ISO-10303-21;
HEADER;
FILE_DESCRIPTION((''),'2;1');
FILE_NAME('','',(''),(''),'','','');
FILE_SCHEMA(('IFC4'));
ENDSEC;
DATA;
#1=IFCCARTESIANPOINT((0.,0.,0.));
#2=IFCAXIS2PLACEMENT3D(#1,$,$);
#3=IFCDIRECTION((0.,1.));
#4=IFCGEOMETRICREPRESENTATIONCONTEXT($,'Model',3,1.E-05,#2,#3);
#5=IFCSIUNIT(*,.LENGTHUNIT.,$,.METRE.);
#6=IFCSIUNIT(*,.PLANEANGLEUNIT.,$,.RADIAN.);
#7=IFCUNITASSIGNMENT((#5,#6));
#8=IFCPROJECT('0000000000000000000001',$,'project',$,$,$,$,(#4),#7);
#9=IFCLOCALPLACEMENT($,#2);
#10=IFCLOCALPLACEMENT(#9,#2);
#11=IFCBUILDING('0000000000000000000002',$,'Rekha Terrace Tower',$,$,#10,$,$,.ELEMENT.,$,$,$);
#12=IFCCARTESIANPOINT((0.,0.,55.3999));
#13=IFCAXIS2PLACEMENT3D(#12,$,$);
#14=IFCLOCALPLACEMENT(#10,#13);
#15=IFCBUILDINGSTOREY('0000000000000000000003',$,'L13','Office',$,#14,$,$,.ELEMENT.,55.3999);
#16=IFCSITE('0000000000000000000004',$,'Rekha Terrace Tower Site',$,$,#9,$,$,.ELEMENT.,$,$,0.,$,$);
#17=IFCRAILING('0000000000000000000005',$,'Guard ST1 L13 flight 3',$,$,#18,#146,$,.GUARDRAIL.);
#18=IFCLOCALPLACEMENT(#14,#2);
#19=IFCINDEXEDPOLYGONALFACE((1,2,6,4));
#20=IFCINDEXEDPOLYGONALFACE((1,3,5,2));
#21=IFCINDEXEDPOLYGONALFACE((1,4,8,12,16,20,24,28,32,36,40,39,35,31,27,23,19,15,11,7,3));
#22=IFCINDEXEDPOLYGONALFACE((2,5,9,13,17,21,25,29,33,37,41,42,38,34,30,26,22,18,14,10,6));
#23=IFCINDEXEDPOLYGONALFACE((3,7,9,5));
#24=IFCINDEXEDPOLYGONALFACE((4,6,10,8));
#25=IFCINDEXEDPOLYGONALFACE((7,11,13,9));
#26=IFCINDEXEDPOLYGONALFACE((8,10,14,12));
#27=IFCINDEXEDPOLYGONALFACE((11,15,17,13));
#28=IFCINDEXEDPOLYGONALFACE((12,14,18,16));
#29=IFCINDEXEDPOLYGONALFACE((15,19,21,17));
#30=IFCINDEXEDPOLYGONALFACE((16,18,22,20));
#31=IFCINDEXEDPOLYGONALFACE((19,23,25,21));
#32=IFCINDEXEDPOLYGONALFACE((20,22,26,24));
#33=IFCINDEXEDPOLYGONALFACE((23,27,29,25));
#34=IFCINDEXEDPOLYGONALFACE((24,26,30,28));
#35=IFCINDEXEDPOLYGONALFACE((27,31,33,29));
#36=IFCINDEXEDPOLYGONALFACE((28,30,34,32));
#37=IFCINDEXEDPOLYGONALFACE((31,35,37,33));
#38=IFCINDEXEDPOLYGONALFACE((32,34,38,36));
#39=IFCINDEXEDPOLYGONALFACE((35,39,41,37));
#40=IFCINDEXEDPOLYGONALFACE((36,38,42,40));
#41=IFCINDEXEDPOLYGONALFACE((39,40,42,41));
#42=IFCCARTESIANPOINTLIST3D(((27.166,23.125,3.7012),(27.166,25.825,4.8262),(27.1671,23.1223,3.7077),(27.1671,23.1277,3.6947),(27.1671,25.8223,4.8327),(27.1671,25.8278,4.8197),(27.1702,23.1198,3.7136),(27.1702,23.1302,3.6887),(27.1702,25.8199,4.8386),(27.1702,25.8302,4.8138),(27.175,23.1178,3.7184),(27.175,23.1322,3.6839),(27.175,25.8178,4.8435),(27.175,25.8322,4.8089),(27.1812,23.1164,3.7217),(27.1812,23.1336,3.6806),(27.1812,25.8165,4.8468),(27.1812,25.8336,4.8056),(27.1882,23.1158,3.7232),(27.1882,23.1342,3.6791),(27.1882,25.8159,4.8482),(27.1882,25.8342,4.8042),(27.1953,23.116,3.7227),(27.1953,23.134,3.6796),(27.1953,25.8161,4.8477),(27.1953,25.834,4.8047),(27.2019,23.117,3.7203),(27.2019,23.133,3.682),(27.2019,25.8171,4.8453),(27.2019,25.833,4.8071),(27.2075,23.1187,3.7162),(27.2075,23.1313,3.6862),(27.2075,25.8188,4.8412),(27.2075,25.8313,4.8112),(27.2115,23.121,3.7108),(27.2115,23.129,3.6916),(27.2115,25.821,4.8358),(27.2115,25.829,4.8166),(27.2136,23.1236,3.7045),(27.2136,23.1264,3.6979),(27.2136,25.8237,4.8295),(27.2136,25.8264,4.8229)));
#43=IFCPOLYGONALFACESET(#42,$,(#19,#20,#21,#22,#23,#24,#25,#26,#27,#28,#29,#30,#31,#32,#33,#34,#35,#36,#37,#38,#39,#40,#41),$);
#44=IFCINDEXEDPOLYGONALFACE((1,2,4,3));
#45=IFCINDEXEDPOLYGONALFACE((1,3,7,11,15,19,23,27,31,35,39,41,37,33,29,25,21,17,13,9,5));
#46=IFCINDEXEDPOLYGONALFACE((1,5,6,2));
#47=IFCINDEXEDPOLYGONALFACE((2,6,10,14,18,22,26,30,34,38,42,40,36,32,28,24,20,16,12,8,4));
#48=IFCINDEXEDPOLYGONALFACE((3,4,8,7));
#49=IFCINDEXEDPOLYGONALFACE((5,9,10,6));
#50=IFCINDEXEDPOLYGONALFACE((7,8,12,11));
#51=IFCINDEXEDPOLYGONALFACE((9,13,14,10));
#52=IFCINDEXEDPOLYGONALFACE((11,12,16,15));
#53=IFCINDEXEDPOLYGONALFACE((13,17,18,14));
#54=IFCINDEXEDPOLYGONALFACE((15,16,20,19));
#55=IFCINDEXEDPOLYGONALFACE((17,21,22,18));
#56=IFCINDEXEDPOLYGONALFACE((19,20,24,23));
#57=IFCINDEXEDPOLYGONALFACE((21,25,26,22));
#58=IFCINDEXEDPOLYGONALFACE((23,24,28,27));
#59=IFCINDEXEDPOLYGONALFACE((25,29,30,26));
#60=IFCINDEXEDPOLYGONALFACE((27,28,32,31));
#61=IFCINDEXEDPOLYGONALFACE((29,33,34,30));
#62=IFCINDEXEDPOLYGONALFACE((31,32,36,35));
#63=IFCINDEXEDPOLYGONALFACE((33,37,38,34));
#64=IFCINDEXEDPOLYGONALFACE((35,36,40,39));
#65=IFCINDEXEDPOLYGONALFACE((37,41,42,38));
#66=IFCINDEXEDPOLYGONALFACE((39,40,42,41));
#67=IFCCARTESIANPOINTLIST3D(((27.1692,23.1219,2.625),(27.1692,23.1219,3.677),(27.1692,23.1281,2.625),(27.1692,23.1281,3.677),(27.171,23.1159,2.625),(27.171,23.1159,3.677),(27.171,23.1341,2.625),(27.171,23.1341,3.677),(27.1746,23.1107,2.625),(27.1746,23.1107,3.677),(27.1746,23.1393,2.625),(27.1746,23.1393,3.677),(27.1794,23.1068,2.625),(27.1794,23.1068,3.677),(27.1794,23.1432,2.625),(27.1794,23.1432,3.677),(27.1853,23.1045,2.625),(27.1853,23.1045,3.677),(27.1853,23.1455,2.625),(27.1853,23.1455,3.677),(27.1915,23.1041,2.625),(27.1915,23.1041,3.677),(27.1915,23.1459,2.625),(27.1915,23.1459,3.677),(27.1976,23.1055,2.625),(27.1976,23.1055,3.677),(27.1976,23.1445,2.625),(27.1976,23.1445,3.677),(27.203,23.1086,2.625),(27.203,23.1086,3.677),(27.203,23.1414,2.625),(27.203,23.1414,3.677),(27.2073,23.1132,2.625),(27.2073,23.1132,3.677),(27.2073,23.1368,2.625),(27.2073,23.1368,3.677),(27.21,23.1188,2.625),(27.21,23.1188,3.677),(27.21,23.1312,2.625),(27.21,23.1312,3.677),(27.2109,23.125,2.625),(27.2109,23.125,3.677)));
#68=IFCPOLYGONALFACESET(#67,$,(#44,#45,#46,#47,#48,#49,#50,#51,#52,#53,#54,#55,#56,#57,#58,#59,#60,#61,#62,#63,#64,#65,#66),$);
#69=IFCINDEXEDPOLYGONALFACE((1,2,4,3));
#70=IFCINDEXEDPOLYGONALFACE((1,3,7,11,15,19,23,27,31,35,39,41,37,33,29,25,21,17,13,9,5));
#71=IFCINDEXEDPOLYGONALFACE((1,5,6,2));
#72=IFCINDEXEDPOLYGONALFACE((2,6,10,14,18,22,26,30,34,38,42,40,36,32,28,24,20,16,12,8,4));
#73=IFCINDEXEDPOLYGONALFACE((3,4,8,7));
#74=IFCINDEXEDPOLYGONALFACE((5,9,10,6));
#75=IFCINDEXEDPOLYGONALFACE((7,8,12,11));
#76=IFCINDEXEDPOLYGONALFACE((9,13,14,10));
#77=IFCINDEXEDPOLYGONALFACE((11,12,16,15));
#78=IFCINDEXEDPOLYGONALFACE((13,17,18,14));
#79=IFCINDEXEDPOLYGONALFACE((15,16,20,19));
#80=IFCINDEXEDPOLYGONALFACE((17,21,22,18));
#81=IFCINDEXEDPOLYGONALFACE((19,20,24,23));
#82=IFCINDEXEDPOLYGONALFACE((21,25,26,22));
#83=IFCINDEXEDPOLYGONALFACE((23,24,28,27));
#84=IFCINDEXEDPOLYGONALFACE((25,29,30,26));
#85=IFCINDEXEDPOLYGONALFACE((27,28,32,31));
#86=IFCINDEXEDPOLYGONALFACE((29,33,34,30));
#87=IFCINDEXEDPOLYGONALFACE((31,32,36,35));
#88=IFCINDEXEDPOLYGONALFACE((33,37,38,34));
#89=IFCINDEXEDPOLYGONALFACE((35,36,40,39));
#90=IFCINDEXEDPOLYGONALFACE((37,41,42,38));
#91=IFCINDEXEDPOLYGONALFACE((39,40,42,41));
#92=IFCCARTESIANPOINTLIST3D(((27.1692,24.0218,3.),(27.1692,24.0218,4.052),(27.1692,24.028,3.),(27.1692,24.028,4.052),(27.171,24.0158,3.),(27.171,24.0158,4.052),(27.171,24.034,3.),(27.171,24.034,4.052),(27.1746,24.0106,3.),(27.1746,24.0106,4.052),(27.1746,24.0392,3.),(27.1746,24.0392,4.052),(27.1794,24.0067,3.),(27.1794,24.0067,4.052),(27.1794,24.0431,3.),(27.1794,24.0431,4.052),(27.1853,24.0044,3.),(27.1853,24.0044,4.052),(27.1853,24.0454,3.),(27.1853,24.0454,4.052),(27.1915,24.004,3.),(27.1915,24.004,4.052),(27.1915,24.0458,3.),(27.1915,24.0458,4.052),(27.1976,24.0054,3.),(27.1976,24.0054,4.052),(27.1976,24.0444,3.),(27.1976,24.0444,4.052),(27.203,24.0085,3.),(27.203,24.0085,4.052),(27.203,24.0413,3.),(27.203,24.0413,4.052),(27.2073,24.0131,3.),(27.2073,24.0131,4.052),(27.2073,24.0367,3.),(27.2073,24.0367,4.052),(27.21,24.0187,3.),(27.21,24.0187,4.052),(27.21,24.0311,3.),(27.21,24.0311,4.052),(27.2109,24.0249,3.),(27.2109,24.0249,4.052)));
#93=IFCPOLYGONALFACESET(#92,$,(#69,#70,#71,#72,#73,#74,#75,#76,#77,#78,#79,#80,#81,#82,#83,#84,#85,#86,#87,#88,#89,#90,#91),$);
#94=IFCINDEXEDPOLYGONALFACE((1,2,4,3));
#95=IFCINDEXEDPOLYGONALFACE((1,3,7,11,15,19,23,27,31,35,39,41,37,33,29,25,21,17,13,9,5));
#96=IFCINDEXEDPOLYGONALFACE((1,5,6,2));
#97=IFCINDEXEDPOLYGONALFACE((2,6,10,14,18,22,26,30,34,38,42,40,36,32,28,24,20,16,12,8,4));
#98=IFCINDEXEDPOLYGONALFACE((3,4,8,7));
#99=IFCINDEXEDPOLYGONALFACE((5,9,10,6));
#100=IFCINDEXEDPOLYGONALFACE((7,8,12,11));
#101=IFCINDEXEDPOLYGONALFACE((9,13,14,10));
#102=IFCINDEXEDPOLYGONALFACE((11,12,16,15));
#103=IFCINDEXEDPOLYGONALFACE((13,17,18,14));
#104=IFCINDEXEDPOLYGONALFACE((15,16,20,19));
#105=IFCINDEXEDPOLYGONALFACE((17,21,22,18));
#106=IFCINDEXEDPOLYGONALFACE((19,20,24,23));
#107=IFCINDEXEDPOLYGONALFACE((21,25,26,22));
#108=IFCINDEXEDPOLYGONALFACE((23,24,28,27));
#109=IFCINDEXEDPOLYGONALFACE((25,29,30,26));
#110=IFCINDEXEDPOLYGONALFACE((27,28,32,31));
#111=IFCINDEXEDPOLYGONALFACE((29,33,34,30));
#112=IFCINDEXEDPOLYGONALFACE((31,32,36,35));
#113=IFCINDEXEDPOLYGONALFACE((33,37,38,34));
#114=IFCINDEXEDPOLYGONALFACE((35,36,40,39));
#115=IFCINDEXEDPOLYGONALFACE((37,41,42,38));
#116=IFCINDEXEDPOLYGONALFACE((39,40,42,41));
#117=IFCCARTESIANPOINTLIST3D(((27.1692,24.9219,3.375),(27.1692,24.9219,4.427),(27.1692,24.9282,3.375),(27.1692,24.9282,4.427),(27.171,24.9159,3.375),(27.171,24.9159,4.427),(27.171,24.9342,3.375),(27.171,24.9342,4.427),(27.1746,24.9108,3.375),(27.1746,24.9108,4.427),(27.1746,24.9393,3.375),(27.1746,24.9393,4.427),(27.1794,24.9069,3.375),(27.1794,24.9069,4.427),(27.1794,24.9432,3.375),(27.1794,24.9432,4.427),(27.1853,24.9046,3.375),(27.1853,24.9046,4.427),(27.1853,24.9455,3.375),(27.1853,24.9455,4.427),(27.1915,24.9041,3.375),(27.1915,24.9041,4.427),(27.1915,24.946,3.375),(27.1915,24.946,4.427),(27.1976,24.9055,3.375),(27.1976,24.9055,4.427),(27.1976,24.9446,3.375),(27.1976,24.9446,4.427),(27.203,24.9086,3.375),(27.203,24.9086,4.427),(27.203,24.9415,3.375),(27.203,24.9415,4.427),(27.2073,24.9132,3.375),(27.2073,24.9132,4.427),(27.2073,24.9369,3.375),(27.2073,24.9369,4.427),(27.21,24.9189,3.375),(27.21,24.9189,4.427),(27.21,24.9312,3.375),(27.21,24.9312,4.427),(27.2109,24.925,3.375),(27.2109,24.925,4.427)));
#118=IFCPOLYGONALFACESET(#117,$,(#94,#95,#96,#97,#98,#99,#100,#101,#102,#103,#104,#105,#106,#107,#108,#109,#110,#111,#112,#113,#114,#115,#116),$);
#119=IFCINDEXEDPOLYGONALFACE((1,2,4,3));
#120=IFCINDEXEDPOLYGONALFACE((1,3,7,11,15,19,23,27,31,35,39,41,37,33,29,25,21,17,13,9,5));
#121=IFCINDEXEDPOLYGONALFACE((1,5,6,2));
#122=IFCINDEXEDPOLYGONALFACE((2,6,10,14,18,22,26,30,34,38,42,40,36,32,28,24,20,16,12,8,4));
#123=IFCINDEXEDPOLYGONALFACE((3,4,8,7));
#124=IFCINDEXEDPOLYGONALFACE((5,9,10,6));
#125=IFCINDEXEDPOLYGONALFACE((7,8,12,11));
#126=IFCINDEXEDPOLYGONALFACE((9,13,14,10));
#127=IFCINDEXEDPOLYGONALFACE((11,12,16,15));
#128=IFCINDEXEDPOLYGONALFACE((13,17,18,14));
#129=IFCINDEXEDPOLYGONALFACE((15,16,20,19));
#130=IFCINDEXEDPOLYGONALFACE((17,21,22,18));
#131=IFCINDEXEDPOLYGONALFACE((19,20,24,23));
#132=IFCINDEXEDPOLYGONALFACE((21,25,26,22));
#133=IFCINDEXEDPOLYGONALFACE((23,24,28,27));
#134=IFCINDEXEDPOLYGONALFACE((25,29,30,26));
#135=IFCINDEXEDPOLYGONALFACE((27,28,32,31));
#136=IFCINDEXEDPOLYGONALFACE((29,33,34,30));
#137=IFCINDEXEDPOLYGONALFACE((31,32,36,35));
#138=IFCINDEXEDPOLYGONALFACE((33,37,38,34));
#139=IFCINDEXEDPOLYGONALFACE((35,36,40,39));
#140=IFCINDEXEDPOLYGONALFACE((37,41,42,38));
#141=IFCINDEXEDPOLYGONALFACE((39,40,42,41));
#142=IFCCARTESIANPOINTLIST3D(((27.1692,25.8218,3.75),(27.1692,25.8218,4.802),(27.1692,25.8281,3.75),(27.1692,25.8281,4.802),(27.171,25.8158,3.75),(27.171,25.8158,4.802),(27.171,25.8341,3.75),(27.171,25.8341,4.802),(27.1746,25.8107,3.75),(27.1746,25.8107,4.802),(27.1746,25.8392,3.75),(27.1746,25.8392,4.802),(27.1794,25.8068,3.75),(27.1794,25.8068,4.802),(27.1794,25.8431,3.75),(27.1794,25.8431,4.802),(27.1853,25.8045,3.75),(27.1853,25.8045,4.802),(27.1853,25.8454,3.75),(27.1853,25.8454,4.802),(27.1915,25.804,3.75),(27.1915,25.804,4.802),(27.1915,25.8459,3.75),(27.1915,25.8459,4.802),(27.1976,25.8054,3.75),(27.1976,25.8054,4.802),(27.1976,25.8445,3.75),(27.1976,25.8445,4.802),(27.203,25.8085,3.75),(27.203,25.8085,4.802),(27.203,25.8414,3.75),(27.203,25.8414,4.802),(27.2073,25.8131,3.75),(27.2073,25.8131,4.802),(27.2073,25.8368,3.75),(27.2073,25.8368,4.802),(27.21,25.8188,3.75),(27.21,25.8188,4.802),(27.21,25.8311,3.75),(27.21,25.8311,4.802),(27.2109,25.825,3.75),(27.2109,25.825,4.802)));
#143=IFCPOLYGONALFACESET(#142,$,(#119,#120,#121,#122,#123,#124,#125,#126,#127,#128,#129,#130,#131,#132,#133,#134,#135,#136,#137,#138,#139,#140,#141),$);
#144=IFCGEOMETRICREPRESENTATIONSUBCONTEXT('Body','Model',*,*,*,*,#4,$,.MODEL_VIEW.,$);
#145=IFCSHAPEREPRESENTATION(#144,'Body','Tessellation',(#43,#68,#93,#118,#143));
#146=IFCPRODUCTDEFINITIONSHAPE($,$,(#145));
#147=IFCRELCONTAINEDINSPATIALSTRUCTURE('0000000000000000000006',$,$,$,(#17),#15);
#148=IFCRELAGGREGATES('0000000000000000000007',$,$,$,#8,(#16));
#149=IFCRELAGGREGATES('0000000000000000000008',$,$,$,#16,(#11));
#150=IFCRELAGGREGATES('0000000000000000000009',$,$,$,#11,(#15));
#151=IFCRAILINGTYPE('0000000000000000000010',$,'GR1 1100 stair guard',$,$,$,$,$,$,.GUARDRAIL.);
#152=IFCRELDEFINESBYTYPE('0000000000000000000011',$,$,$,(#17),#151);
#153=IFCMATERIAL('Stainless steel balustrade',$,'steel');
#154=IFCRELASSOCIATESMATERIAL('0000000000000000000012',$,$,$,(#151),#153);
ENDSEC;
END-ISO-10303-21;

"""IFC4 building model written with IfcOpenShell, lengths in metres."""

from ifc_helpers import new_model, si_unit, direction, frame, origin, origin_2d, place, context, subcontext, project, spatial, circle, extrude, material, type_object, element, save


model = new_model("IFC4")

# Units and contexts
model_context = context("Model", 3, precision=1e-05, world=origin(), true_north=direction((0.0, 1.0)))
body_context = subcontext(model_context, "Body", "Model", "MODEL_VIEW")
ifc_project = project(units=[si_unit("LENGTHUNIT", "METRE"), si_unit("PLANEANGLEUNIT", "RADIAN")], contexts=[model_context])

# Site, building, storey
site_placement = place(None, origin())
site = spatial("IfcSite", under=ifc_project, at=site_placement, Name="Rekha Terrace Tower Site", CompositionType="ELEMENT", RefElevation=0.0)
building_placement = place(site_placement, origin())
building = spatial("IfcBuilding", under=site, at=building_placement, Name="Rekha Terrace Tower", CompositionType="ELEMENT")
storey_placement = place(building_placement, frame((0.0, 0.0, 55.3999)))
storey = spatial("IfcBuildingStorey", under=building, at=storey_placement, Name="L13", Description="Office", CompositionType="ELEMENT", Elevation=55.3999)

# Railing
ifc_material_1 = material(Name="Stainless steel balustrade", Category="steel")
railing_type_1 = type_object("IfcRailingType", Name="GR1 1100 stair guard", PredefinedType="GUARDRAIL", material=ifc_material_1)
railing_1_placement = place(storey_placement, frame((27.1899, 23.125, 2.625)))
element("IfcRailing", 1, at=railing_1_placement, inside=storey, type_object=railing_type_1, Name="Guard ST1 L13 flight 3", PredefinedType="GUARDRAIL", context=body_context, shape_type="SweptSolid", body=[
    extrude(circle(Radius=0.0239, at=origin_2d()), frame((0.0, 0.0, 1.0762), z_axis=(0.0, 0.923074, 0.384621), x_axis=(-1.0, 0.0, 0.0)), (0.0, 0.0, 1.0), 2.925),
    extrude(circle(Radius=0.021, at=origin_2d()), origin(), (0.0, 0.0, 1.0), 1.052),
    extrude(circle(Radius=0.021, at=origin_2d()), frame((0.0, 0.8999, 0.375)), (0.0, 0.0, 1.0), 1.052),
    extrude(circle(Radius=0.021, at=origin_2d()), frame((0.0, 1.8, 0.75)), (0.0, 0.0, 1.0), 1.052),
    extrude(circle(Radius=0.021, at=origin_2d()), frame((0.0, 2.7, 1.125)), (0.0, 0.0, 1.0), 1.052),
])

save(model, "model.ifc")
